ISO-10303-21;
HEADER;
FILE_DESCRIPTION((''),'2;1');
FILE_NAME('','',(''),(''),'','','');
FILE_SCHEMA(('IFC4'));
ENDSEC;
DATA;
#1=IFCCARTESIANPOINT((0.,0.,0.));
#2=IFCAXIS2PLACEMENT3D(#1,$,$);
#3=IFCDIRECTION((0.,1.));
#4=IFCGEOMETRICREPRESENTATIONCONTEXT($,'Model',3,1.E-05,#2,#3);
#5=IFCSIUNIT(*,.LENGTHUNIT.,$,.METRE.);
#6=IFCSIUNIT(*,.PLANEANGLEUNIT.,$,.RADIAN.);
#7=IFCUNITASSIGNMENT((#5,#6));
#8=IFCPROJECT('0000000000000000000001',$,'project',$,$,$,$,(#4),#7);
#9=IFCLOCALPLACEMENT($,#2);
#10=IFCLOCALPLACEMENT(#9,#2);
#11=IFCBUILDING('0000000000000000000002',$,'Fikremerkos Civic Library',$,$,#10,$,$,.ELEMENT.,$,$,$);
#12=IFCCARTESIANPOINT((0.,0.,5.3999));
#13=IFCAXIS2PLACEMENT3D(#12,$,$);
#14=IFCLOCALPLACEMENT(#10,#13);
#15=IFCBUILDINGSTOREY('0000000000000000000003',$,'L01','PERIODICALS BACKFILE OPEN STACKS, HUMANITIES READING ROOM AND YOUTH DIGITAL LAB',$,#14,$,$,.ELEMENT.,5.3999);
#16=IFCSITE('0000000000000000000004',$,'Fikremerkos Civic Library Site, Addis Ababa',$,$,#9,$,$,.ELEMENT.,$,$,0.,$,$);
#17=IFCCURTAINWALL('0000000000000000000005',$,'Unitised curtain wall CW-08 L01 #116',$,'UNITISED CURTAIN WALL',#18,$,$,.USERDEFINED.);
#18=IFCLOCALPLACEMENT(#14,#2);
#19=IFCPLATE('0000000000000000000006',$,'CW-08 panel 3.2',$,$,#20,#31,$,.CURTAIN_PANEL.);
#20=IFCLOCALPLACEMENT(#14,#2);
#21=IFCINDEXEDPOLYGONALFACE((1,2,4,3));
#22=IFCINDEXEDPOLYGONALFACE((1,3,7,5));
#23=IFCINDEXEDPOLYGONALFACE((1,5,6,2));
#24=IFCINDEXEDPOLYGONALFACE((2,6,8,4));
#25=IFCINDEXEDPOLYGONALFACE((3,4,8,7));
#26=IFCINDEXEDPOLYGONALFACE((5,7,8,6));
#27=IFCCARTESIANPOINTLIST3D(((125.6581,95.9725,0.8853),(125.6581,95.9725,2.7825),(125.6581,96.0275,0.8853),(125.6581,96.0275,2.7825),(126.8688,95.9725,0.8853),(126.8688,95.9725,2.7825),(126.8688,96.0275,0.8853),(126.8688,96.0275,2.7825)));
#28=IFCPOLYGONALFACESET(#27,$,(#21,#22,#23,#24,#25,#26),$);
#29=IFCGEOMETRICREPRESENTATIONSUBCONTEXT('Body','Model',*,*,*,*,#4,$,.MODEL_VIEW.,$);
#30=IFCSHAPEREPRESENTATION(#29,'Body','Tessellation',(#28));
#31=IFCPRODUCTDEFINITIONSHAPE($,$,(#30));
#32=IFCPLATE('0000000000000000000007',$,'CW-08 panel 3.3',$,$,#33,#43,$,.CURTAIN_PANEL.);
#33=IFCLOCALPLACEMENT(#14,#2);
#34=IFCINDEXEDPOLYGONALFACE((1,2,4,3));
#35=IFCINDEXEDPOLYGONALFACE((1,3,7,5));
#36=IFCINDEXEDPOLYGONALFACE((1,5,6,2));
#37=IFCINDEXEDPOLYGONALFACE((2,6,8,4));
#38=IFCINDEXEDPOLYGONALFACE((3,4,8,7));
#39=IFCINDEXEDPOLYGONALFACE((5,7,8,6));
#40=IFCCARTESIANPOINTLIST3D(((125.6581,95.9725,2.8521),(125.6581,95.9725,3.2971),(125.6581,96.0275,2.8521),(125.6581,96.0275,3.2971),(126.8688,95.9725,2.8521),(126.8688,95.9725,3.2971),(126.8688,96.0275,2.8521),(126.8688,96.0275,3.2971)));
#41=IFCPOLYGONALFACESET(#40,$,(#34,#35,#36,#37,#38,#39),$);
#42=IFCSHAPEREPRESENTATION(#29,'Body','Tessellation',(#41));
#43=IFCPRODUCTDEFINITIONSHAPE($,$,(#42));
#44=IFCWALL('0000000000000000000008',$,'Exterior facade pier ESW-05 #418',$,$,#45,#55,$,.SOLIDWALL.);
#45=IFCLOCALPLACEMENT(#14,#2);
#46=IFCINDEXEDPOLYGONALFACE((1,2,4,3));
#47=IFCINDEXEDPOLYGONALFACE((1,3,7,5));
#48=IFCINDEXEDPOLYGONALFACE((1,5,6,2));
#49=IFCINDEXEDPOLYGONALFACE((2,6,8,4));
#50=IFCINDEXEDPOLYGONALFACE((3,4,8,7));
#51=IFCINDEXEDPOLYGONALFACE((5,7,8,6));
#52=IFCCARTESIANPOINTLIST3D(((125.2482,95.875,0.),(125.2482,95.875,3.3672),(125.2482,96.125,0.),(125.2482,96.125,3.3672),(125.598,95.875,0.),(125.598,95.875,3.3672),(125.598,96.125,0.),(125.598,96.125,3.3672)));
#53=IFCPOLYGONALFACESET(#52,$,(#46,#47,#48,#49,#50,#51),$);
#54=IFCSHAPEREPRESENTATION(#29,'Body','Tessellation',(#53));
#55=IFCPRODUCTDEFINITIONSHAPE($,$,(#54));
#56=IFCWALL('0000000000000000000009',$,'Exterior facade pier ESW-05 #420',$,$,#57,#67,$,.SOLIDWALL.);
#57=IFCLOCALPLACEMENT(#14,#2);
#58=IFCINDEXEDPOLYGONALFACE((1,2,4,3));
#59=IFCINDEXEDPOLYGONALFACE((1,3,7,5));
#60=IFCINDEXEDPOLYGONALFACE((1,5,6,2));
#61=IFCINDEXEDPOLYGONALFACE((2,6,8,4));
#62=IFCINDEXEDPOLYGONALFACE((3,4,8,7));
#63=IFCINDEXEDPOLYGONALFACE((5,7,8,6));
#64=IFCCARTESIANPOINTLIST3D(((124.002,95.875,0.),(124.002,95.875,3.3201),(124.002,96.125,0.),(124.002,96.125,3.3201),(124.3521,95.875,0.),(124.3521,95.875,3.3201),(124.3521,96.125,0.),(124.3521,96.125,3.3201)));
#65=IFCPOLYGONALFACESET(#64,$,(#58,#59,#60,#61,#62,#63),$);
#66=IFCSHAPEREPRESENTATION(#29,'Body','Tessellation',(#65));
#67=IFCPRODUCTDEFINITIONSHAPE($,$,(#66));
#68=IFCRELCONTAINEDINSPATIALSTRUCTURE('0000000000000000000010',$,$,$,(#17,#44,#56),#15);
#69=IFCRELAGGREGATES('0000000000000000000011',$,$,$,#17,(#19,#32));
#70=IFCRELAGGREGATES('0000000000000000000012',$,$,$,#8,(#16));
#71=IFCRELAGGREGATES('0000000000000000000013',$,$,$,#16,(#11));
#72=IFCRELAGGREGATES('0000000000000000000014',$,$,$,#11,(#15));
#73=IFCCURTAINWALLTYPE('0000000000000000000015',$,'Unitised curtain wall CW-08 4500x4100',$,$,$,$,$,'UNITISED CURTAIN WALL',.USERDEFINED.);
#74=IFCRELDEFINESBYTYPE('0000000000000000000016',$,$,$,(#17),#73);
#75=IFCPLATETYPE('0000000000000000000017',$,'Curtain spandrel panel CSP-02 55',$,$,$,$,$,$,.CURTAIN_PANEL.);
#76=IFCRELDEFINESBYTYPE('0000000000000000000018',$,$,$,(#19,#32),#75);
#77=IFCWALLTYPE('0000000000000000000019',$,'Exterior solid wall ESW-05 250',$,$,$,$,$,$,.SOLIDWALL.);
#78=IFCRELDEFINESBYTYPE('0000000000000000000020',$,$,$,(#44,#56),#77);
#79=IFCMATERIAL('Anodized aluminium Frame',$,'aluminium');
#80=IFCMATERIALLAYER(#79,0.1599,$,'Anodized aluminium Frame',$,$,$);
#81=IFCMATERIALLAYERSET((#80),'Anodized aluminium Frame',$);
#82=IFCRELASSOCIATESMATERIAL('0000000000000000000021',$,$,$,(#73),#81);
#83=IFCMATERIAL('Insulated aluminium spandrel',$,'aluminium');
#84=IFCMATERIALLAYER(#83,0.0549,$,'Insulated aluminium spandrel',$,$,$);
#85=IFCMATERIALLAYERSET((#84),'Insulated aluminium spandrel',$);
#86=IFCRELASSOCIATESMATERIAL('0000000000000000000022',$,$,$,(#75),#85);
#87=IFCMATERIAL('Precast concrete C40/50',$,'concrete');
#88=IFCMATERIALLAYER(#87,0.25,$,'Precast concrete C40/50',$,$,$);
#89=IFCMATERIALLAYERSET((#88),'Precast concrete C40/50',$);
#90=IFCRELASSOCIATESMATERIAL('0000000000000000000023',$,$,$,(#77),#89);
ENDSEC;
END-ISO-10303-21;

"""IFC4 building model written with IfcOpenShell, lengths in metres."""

from ifc_helpers import new_model, si_unit, direction, frame, frame_2d, origin, origin_2d, place, context, subcontext, project, spatial, rectangle, extrude, material, layer, layer_set, type_object, element, aggregate, save


model = new_model("IFC4")

# Units and contexts
model_context = context("Model", 3, precision=1e-05, world=origin(), true_north=direction((0.0, 1.0)))
body_context = subcontext(model_context, "Body", "Model", "MODEL_VIEW")
ifc_project = project(units=[si_unit("LENGTHUNIT", "METRE"), si_unit("PLANEANGLEUNIT", "RADIAN")], contexts=[model_context])

# Site, building, storey
site_placement = place(None, origin())
site = spatial("IfcSite", under=ifc_project, at=site_placement, Name="Fikremerkos Civic Library Site, Addis Ababa", CompositionType="ELEMENT", RefElevation=0.0)
building_placement = place(site_placement, origin())
building = spatial("IfcBuilding", under=site, at=building_placement, Name="Fikremerkos Civic Library", CompositionType="ELEMENT")
storey_placement = place(building_placement, frame((0.0, 0.0, 5.3999)))
storey = spatial("IfcBuildingStorey", under=building, at=storey_placement, Name="L01", Description="PERIODICALS BACKFILE OPEN STACKS, HUMANITIES READING ROOM AND YOUTH DIGITAL LAB", CompositionType="ELEMENT", Elevation=5.3999)

# Curtain wall
ifc_material_1 = material(Name="Anodized aluminium Frame", Category="aluminium")
ifc_layer_1 = layer(ifc_material_1, 0.1599, Name="Anodized aluminium Frame")
ifc_layer_set_1 = layer_set([ifc_layer_1], Name="Anodized aluminium Frame")
curtain_wall_type_1 = type_object("IfcCurtainWallType", Name="Unitised curtain wall CW-08 4500x4100", ElementType="UNITISED CURTAIN WALL", PredefinedType="USERDEFINED", material=ifc_layer_set_1)
curtain_wall_1_placement = place(storey_placement, origin())
curtain_wall_1 = element("IfcCurtainWall", 1, at=curtain_wall_1_placement, inside=storey, type_object=curtain_wall_type_1, Name="Unitised curtain wall CW-08 L01 #116", ObjectType="UNITISED CURTAIN WALL", PredefinedType="USERDEFINED")

# Plates
ifc_material_2 = material(Name="Insulated aluminium spandrel", Category="aluminium")
ifc_layer_2 = layer(ifc_material_2, 0.0549, Name="Insulated aluminium spandrel")
ifc_layer_set_2 = layer_set([ifc_layer_2], Name="Insulated aluminium spandrel")
plate_type_1 = type_object("IfcPlateType", Name="Curtain spandrel panel CSP-02 55", PredefinedType="CURTAIN_PANEL", material=ifc_layer_set_2)
plate_1_placement = place(storey_placement, frame((126.2634, 96.0, 0.8853), z_axis=(0.0, 0.0, 1.0), x_axis=(-1.0, 0.0, 0.0)))
plate_1 = element("IfcPlate", 2, at=plate_1_placement, type_object=plate_type_1, Name="CW-08 panel 3.2", PredefinedType="CURTAIN_PANEL", context=body_context, shape_type="SweptSolid", body=[
    extrude(rectangle(XDim=1.2107, YDim=0.0549, at=origin_2d()), origin(), (0.0, 0.0, 1.0), 1.8972),
])
plate_2_placement = place(storey_placement, frame((126.2634, 96.0, 2.8521), z_axis=(0.0, 0.0, 1.0), x_axis=(-1.0, 0.0, 0.0)))
plate_2 = element("IfcPlate", 3, at=plate_2_placement, type_object=plate_type_1, Name="CW-08 panel 3.3", PredefinedType="CURTAIN_PANEL", context=body_context, shape_type="SweptSolid", body=[
    extrude(rectangle(XDim=1.2107, YDim=0.0549, at=origin_2d()), origin(), (0.0, 0.0, 1.0), 0.4451),
])
aggregate(curtain_wall_1, [plate_1, plate_2])

# Walls
ifc_material_3 = material(Name="Precast concrete C40/50", Category="concrete")
ifc_layer_3 = layer(ifc_material_3, 0.25, Name="Precast concrete C40/50")
ifc_layer_set_3 = layer_set([ifc_layer_3], Name="Precast concrete C40/50")
wall_type = type_object("IfcWallType", Name="Exterior solid wall ESW-05 250", PredefinedType="SOLIDWALL", material=ifc_layer_set_3)
wall_1_placement = place(storey_placement, frame((125.5979, 96.0, 0.0), z_axis=(0.0, 0.0, 1.0), x_axis=(-1.0, 0.0, 0.0)))
element("IfcWall", 4, at=wall_1_placement, inside=storey, type_object=wall_type, Name="Exterior facade pier ESW-05 #418", PredefinedType="SOLIDWALL", context=body_context, shape_type="SweptSolid", body=[
    extrude(rectangle(XDim=0.3499, YDim=0.25, at=frame_2d((0.1748, 0.0))), origin(), (0.0, 0.0, 1.0), 3.3672),
])
wall_2_placement = place(storey_placement, frame((124.3521, 96.0, 0.0), z_axis=(0.0, 0.0, 1.0), x_axis=(-1.0, 0.0, 0.0)))
element("IfcWall", 5, at=wall_2_placement, inside=storey, type_object=wall_type, Name="Exterior facade pier ESW-05 #420", PredefinedType="SOLIDWALL", context=body_context, shape_type="SweptSolid", body=[
    extrude(rectangle(XDim=0.3501, YDim=0.25, at=frame_2d((0.175, 0.0))), origin(), (0.0, 0.0, 1.0), 3.3201),
])

save(model, "model.ifc")
